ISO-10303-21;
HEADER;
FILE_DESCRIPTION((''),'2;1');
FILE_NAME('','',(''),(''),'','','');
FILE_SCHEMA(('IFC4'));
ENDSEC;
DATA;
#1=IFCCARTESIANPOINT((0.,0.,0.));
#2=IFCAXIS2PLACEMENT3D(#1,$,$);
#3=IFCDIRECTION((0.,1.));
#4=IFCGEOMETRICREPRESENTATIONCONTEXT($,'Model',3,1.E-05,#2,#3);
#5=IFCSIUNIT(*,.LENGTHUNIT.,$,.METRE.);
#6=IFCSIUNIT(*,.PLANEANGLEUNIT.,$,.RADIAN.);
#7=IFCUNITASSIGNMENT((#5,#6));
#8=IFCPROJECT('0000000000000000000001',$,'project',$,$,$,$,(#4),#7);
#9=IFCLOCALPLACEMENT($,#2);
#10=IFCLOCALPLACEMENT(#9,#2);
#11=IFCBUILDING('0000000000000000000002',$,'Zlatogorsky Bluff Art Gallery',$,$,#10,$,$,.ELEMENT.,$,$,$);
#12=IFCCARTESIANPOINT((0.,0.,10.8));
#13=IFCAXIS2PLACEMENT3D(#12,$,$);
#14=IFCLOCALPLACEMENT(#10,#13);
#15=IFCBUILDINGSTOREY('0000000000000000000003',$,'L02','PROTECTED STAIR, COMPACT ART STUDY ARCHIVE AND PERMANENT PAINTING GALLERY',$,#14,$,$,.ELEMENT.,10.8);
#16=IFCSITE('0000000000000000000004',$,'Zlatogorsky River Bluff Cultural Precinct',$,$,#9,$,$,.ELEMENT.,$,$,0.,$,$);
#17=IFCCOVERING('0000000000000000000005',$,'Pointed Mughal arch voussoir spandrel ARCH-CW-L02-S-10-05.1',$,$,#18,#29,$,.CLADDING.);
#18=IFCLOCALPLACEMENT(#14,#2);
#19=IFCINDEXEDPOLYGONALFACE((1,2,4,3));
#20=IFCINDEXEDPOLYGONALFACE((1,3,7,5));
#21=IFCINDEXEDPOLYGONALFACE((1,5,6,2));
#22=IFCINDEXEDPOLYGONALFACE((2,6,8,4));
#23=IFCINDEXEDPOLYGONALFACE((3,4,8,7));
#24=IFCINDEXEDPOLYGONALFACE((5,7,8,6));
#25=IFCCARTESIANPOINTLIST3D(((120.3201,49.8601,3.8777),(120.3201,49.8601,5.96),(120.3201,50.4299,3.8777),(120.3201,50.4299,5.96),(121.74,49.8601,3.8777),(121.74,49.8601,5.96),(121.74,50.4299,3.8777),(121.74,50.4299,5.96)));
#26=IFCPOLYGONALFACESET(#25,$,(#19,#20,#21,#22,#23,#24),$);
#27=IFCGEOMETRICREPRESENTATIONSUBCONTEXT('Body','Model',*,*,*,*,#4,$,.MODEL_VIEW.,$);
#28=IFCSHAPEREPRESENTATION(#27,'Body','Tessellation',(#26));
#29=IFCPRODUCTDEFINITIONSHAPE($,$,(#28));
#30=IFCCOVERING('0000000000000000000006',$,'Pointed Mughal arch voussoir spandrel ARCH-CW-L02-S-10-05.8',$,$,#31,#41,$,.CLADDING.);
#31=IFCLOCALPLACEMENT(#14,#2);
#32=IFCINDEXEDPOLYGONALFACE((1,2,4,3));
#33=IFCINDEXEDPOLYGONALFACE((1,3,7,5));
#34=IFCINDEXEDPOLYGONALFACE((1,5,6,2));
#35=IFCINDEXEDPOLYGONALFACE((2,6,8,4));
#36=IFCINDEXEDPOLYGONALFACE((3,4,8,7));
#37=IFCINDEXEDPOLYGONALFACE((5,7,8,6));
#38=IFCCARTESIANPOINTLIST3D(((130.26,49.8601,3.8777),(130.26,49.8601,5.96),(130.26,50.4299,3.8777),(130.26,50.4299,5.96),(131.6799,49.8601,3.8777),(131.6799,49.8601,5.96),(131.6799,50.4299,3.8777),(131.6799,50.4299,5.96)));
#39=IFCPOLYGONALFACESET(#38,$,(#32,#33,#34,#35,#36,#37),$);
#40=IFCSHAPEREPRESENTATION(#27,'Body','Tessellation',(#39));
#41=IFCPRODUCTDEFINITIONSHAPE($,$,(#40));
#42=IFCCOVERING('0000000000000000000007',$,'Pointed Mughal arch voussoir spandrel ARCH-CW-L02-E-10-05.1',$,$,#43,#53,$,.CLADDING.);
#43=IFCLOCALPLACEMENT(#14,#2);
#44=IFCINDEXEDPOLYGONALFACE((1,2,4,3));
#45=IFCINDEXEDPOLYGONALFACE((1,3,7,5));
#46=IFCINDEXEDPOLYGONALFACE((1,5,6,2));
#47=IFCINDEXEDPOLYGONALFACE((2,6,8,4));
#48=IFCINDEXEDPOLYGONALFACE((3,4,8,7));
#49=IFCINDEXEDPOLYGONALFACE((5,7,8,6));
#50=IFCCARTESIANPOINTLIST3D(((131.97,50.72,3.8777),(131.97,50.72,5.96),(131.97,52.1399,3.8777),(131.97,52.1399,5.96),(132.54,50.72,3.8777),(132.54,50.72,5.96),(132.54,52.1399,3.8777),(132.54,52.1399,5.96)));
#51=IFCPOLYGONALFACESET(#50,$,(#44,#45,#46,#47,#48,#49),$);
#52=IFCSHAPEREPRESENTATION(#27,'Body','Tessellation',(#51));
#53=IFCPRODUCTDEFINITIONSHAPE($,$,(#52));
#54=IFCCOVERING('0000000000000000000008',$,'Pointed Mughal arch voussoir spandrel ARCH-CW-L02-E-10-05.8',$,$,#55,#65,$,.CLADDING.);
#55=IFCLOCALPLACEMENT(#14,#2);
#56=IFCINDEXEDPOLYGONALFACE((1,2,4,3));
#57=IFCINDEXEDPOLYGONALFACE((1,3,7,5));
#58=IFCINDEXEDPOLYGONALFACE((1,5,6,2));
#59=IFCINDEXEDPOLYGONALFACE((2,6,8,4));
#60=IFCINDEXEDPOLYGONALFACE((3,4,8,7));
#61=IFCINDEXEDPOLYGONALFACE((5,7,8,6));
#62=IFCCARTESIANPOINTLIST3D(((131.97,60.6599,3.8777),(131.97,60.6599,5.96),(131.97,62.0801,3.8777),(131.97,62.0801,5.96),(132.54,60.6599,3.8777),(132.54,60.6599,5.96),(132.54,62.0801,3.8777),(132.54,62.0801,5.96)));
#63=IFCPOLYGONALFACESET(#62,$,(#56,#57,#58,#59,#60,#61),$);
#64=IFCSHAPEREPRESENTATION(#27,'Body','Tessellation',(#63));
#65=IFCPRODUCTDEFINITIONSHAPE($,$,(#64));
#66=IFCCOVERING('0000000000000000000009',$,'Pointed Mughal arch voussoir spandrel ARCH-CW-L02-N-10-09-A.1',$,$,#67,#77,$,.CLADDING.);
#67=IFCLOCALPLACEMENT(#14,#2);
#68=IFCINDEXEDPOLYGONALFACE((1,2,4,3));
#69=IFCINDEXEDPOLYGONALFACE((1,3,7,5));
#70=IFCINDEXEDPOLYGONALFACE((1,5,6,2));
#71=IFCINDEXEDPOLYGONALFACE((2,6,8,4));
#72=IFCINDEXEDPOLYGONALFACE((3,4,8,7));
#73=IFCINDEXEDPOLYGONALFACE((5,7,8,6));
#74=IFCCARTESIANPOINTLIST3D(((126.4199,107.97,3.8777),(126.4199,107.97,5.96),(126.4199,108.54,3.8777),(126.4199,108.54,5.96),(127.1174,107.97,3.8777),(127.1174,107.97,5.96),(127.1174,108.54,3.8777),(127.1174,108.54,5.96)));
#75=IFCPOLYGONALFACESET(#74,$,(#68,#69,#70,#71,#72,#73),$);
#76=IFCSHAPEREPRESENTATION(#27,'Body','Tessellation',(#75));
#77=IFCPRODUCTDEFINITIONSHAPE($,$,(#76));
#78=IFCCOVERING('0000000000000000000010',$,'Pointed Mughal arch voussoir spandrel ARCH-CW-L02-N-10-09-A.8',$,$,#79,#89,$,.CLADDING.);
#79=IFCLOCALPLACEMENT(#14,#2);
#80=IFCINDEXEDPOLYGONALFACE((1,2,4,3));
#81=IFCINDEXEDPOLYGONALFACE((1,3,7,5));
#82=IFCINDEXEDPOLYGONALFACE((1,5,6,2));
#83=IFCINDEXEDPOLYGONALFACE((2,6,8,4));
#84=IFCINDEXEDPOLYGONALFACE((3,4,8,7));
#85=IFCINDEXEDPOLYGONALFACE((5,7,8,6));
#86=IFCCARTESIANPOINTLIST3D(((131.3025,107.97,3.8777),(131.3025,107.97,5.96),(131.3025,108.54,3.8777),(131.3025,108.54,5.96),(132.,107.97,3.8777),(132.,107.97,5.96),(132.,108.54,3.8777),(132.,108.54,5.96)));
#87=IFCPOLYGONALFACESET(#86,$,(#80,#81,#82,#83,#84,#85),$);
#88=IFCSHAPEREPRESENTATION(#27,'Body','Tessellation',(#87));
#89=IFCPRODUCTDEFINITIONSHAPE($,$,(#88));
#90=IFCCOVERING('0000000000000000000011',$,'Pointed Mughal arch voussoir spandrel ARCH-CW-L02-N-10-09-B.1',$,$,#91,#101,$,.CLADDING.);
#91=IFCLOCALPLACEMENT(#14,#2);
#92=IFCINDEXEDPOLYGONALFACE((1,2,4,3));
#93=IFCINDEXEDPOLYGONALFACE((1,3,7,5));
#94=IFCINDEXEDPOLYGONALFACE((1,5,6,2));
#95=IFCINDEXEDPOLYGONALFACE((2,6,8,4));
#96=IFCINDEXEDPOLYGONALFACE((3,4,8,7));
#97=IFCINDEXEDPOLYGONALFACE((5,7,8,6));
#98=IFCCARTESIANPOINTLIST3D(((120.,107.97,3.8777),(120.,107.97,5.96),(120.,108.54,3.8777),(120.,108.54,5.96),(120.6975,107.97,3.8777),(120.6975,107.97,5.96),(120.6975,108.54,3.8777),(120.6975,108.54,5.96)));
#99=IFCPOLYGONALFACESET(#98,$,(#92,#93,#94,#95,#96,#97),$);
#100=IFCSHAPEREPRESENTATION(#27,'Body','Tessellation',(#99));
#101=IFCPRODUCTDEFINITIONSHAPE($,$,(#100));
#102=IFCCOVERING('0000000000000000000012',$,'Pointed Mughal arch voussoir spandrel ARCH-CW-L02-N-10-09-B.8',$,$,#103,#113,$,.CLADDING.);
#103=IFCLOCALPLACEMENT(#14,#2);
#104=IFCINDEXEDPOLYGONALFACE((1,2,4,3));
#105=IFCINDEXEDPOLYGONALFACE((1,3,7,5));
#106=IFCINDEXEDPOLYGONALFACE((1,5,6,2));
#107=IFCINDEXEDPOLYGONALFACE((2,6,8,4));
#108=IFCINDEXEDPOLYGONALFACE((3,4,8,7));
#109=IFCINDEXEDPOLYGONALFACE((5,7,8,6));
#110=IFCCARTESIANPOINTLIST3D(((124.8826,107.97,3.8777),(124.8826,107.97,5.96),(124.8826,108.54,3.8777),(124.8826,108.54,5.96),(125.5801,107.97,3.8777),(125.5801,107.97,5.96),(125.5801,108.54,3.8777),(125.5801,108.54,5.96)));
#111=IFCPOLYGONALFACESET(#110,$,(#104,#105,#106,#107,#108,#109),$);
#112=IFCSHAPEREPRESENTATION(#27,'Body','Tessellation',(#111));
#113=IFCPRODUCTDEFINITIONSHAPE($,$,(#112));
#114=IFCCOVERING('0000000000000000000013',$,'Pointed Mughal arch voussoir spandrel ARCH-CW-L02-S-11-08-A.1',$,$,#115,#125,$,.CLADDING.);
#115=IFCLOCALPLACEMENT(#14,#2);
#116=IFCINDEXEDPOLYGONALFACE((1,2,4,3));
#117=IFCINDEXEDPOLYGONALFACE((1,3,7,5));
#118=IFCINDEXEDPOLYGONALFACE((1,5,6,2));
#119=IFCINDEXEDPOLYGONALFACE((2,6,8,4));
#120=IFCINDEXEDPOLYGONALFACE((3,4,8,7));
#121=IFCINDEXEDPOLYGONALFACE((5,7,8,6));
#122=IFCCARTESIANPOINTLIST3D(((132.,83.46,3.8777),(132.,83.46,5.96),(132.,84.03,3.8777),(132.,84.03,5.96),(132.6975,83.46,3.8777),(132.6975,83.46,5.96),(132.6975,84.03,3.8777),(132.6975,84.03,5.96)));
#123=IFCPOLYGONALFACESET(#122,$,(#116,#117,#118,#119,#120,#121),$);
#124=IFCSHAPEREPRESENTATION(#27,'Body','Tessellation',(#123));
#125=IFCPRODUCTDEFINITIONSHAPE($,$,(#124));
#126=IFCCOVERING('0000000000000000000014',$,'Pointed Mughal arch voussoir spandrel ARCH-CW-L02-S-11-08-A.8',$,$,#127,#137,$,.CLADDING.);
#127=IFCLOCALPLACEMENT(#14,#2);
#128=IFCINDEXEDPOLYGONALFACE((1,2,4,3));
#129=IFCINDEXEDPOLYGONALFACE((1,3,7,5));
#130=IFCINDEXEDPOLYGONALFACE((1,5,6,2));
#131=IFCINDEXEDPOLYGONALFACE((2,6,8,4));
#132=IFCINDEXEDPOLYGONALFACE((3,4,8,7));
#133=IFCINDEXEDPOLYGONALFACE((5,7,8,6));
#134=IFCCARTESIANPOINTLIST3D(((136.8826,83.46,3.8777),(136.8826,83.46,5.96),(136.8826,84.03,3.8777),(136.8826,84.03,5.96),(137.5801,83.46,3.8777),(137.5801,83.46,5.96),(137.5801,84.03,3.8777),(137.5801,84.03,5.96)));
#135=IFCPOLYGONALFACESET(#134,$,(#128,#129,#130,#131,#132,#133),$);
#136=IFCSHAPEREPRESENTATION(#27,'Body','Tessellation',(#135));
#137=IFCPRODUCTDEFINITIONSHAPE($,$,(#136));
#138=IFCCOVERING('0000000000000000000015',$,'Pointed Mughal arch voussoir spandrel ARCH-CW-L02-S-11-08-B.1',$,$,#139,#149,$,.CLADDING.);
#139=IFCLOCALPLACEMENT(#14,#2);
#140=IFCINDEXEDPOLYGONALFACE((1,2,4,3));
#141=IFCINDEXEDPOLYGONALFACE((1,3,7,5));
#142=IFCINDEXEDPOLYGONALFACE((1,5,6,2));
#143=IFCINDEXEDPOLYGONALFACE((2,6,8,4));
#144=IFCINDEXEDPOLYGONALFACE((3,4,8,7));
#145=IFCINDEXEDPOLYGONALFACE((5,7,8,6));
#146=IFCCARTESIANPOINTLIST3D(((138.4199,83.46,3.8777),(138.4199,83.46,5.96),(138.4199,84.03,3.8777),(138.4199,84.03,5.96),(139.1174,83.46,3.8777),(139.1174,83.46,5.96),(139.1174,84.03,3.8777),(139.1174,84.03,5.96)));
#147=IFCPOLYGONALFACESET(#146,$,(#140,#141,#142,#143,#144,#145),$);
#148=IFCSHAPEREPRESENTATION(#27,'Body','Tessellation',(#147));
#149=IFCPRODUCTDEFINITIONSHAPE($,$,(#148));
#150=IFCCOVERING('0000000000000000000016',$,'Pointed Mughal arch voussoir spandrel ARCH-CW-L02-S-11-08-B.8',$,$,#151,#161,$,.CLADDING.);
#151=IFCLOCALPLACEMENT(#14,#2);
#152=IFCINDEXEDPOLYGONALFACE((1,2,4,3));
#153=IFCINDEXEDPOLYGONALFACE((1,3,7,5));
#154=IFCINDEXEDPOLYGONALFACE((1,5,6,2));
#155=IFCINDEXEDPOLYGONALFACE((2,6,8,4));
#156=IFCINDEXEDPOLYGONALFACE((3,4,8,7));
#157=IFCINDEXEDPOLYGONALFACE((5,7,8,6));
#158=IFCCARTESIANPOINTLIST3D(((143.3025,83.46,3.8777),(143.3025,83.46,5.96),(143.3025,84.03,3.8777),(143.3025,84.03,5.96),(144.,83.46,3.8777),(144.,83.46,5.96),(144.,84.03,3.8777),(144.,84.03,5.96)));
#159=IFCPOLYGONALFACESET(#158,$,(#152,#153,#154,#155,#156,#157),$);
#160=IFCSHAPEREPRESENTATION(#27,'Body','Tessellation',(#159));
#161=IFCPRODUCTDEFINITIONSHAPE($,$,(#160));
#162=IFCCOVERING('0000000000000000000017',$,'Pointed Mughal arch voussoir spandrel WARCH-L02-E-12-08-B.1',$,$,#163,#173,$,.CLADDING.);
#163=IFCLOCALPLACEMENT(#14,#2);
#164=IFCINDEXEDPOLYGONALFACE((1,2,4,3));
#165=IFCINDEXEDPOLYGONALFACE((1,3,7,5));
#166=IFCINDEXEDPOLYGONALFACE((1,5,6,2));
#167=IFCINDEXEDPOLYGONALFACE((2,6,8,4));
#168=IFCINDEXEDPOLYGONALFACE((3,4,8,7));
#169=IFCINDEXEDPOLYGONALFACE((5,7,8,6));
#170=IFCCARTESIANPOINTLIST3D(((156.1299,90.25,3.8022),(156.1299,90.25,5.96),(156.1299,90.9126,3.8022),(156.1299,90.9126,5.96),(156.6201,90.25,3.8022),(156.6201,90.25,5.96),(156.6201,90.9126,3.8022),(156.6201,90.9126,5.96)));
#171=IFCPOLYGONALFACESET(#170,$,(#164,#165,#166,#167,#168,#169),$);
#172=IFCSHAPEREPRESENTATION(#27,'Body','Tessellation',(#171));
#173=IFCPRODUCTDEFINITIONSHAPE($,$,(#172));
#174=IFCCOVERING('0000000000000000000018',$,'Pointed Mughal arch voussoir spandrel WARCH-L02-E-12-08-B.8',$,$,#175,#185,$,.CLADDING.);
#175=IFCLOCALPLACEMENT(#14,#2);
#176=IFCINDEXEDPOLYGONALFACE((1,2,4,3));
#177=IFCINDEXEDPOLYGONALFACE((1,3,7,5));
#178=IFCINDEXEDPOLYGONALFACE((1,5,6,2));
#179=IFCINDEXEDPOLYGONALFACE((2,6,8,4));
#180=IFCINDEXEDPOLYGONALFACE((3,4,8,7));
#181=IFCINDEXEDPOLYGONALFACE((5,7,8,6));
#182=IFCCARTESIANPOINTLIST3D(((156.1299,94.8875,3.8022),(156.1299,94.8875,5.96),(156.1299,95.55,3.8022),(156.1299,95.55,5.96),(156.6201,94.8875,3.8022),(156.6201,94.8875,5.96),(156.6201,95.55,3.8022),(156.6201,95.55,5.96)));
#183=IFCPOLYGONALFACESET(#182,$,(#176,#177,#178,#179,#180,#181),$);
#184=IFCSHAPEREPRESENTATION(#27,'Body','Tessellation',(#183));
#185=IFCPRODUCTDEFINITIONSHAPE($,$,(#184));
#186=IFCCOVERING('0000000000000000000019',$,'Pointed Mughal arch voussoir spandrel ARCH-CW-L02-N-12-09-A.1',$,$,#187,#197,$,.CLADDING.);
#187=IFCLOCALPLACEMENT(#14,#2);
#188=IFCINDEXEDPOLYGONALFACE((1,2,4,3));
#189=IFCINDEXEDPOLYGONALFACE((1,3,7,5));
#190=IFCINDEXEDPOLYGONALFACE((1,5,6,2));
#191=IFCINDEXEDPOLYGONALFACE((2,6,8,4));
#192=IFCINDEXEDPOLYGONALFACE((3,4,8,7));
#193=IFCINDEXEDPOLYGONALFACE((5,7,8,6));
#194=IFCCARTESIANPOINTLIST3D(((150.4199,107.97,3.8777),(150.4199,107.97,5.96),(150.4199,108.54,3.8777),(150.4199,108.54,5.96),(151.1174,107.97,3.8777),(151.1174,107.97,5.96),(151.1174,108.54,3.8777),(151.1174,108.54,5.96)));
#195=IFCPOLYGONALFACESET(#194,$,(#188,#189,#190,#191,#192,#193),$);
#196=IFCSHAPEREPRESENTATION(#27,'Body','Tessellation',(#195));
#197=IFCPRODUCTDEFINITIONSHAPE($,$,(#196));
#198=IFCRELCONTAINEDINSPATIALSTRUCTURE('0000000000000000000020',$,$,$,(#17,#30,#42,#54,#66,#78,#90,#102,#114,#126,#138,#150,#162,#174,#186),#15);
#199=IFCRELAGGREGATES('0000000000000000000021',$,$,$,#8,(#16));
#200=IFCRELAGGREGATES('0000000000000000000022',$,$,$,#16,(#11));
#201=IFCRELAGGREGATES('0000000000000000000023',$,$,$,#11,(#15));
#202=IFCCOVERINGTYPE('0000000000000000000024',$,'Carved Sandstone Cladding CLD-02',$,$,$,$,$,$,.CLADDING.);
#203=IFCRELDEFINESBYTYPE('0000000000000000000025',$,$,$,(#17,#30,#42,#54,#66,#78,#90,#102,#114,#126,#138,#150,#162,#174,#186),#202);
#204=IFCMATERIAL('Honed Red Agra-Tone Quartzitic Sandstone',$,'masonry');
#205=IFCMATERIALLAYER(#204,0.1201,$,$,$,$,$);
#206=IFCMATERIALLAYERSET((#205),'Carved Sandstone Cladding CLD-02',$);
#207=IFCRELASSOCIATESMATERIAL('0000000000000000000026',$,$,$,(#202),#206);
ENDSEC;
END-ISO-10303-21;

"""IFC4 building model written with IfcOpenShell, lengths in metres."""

from ifc_helpers import new_model, si_unit, direction, frame, origin, place, context, subcontext, project, spatial, polyline, outline, extrude, material, layer, layer_set, type_object, element, save


model = new_model("IFC4")

# Units and contexts
model_context = context("Model", 3, precision=1e-05, world=origin(), true_north=direction((0.0, 1.0)))
body_context = subcontext(model_context, "Body", "Model", "MODEL_VIEW")
ifc_project = project(units=[si_unit("LENGTHUNIT", "METRE"), si_unit("PLANEANGLEUNIT", "RADIAN")], contexts=[model_context])

# Site, building, storey
site_placement = place(None, origin())
site = spatial("IfcSite", under=ifc_project, at=site_placement, Name="Zlatogorsky River Bluff Cultural Precinct", CompositionType="ELEMENT", RefElevation=0.0)
building_placement = place(site_placement, origin())
building = spatial("IfcBuilding", under=site, at=building_placement, Name="Zlatogorsky Bluff Art Gallery", CompositionType="ELEMENT")
storey_placement = place(building_placement, frame((0.0, 0.0, 10.8)))
storey = spatial("IfcBuildingStorey", under=building, at=storey_placement, Name="L02", Description="PROTECTED STAIR, COMPACT ART STUDY ARCHIVE AND PERMANENT PAINTING GALLERY", CompositionType="ELEMENT", Elevation=10.8)

# Coverings
ifc_material = material(Name="Honed Red Agra-Tone Quartzitic Sandstone", Category="masonry")
ifc_layer = layer(ifc_material, 0.1201)
ifc_layer_set = layer_set([ifc_layer], Name="Carved Sandstone Cladding CLD-02")
covering_type = type_object("IfcCoveringType", Name="Carved Sandstone Cladding CLD-02", PredefinedType="CLADDING", material=ifc_layer_set)
covering_1_placement = place(storey_placement, frame((0.0, 0.0, 3.8777)))
element("IfcCovering", 1, at=covering_1_placement, inside=storey, type_object=covering_type, Name="Pointed Mughal arch voussoir spandrel ARCH-CW-L02-S-10-05.1", PredefinedType="CLADDING", context=body_context, shape_type="SweptSolid", body=[
    extrude(outline(polyline([(120.3201, 49.8601), (121.74, 49.8601), (121.74, 50.4299), (120.3201, 50.4299), (120.3201, 49.8601)])), origin(), (0.0, 0.0, 1.0), 2.0823),
])
covering_2_placement = place(storey_placement, frame((0.0, 0.0, 3.8777)))
element("IfcCovering", 2, at=covering_2_placement, inside=storey, type_object=covering_type, Name="Pointed Mughal arch voussoir spandrel ARCH-CW-L02-S-10-05.8", PredefinedType="CLADDING", context=body_context, shape_type="SweptSolid", body=[
    extrude(outline(polyline([(130.26, 49.8601), (131.6799, 49.8601), (131.6799, 50.4299), (130.26, 50.4299), (130.26, 49.8601)])), origin(), (0.0, 0.0, 1.0), 2.0823),
])
covering_3_placement = place(storey_placement, frame((0.0, 0.0, 3.8777)))
element("IfcCovering", 3, at=covering_3_placement, inside=storey, type_object=covering_type, Name="Pointed Mughal arch voussoir spandrel ARCH-CW-L02-E-10-05.1", PredefinedType="CLADDING", context=body_context, shape_type="SweptSolid", body=[
    extrude(outline(polyline([(131.97, 50.72), (131.97, 52.1399), (132.54, 52.1399), (132.54, 50.72), (131.97, 50.72)])), origin(), (0.0, 0.0, 1.0), 2.0823),
])
covering_4_placement = place(storey_placement, frame((0.0, 0.0, 3.8777)))
element("IfcCovering", 4, at=covering_4_placement, inside=storey, type_object=covering_type, Name="Pointed Mughal arch voussoir spandrel ARCH-CW-L02-E-10-05.8", PredefinedType="CLADDING", context=body_context, shape_type="SweptSolid", body=[
    extrude(outline(polyline([(131.97, 60.6599), (131.97, 62.0801), (132.54, 62.0801), (132.54, 60.6599), (131.97, 60.6599)])), origin(), (0.0, 0.0, 1.0), 2.0823),
])
covering_5_placement = place(storey_placement, frame((0.0, 0.0, 3.8777)))
element("IfcCovering", 5, at=covering_5_placement, inside=storey, type_object=covering_type, Name="Pointed Mughal arch voussoir spandrel ARCH-CW-L02-N-10-09-A.1", PredefinedType="CLADDING", context=body_context, shape_type="SweptSolid", body=[
    extrude(outline(polyline([(126.4199, 107.97), (127.1174, 107.97), (127.1174, 108.54), (126.4199, 108.54), (126.4199, 107.97)])), origin(), (0.0, 0.0, 1.0), 2.0823),
])
covering_6_placement = place(storey_placement, frame((0.0, 0.0, 3.8777)))
element("IfcCovering", 6, at=covering_6_placement, inside=storey, type_object=covering_type, Name="Pointed Mughal arch voussoir spandrel ARCH-CW-L02-N-10-09-A.8", PredefinedType="CLADDING", context=body_context, shape_type="SweptSolid", body=[
    extrude(outline(polyline([(131.3025, 107.97), (132.0, 107.97), (132.0, 108.54), (131.3025, 108.54), (131.3025, 107.97)])), origin(), (0.0, 0.0, 1.0), 2.0823),
])
covering_7_placement = place(storey_placement, frame((0.0, 0.0, 3.8777)))
element("IfcCovering", 7, at=covering_7_placement, inside=storey, type_object=covering_type, Name="Pointed Mughal arch voussoir spandrel ARCH-CW-L02-N-10-09-B.1", PredefinedType="CLADDING", context=body_context, shape_type="SweptSolid", body=[
    extrude(outline(polyline([(120.0, 107.97), (120.6975, 107.97), (120.6975, 108.54), (120.0, 108.54), (120.0, 107.97)])), origin(), (0.0, 0.0, 1.0), 2.0823),
])
covering_8_placement = place(storey_placement, frame((0.0, 0.0, 3.8777)))
element("IfcCovering", 8, at=covering_8_placement, inside=storey, type_object=covering_type, Name="Pointed Mughal arch voussoir spandrel ARCH-CW-L02-N-10-09-B.8", PredefinedType="CLADDING", context=body_context, shape_type="SweptSolid", body=[
    extrude(outline(polyline([(124.8826, 107.97), (125.5801, 107.97), (125.5801, 108.54), (124.8826, 108.54), (124.8826, 107.97)])), origin(), (0.0, 0.0, 1.0), 2.0823),
])
covering_9_placement = place(storey_placement, frame((0.0, 0.0, 3.8777)))
element("IfcCovering", 9, at=covering_9_placement, inside=storey, type_object=covering_type, Name="Pointed Mughal arch voussoir spandrel ARCH-CW-L02-S-11-08-A.1", PredefinedType="CLADDING", context=body_context, shape_type="SweptSolid", body=[
    extrude(outline(polyline([(132.0, 83.46), (132.6975, 83.46), (132.6975, 84.03), (132.0, 84.03), (132.0, 83.46)])), origin(), (0.0, 0.0, 1.0), 2.0823),
])
covering_10_placement = place(storey_placement, frame((0.0, 0.0, 3.8777)))
element("IfcCovering", 10, at=covering_10_placement, inside=storey, type_object=covering_type, Name="Pointed Mughal arch voussoir spandrel ARCH-CW-L02-S-11-08-A.8", PredefinedType="CLADDING", context=body_context, shape_type="SweptSolid", body=[
    extrude(outline(polyline([(136.8826, 83.46), (137.5801, 83.46), (137.5801, 84.03), (136.8826, 84.03), (136.8826, 83.46)])), origin(), (0.0, 0.0, 1.0), 2.0823),
])
covering_11_placement = place(storey_placement, frame((0.0, 0.0, 3.8777)))
element("IfcCovering", 11, at=covering_11_placement, inside=storey, type_object=covering_type, Name="Pointed Mughal arch voussoir spandrel ARCH-CW-L02-S-11-08-B.1", PredefinedType="CLADDING", context=body_context, shape_type="SweptSolid", body=[
    extrude(outline(polyline([(138.4199, 83.46), (139.1174, 83.46), (139.1174, 84.03), (138.4199, 84.03), (138.4199, 83.46)])), origin(), (0.0, 0.0, 1.0), 2.0823),
])
covering_12_placement = place(storey_placement, frame((0.0, 0.0, 3.8777)))
element("IfcCovering", 12, at=covering_12_placement, inside=storey, type_object=covering_type, Name="Pointed Mughal arch voussoir spandrel ARCH-CW-L02-S-11-08-B.8", PredefinedType="CLADDING", context=body_context, shape_type="SweptSolid", body=[
    extrude(outline(polyline([(143.3025, 83.46), (144.0, 83.46), (144.0, 84.03), (143.3025, 84.03), (143.3025, 83.46)])), origin(), (0.0, 0.0, 1.0), 2.0823),
])
covering_13_placement = place(storey_placement, frame((0.0, 0.0, 3.8022)))
element("IfcCovering", 13, at=covering_13_placement, inside=storey, type_object=covering_type, Name="Pointed Mughal arch voussoir spandrel WARCH-L02-E-12-08-B.1", PredefinedType="CLADDING", context=body_context, shape_type="SweptSolid", body=[
    extrude(outline(polyline([(156.1299, 90.25), (156.1299, 90.9126), (156.6201, 90.9126), (156.6201, 90.25), (156.1299, 90.25)])), origin(), (0.0, 0.0, 1.0), 2.1577),
])
covering_14_placement = place(storey_placement, frame((0.0, 0.0, 3.8022)))
element("IfcCovering", 14, at=covering_14_placement, inside=storey, type_object=covering_type, Name="Pointed Mughal arch voussoir spandrel WARCH-L02-E-12-08-B.8", PredefinedType="CLADDING", context=body_context, shape_type="SweptSolid", body=[
    extrude(outline(polyline([(156.1299, 94.8875), (156.1299, 95.55), (156.6201, 95.55), (156.6201, 94.8875), (156.1299, 94.8875)])), origin(), (0.0, 0.0, 1.0), 2.1577),
])
covering_15_placement = place(storey_placement, frame((0.0, 0.0, 3.8777)))
element("IfcCovering", 15, at=covering_15_placement, inside=storey, type_object=covering_type, Name="Pointed Mughal arch voussoir spandrel ARCH-CW-L02-N-12-09-A.1", PredefinedType="CLADDING", context=body_context, shape_type="SweptSolid", body=[
    extrude(outline(polyline([(150.4199, 107.97), (151.1174, 107.97), (151.1174, 108.54), (150.4199, 108.54), (150.4199, 107.97)])), origin(), (0.0, 0.0, 1.0), 2.0823),
])

save(model, "model.ifc")
